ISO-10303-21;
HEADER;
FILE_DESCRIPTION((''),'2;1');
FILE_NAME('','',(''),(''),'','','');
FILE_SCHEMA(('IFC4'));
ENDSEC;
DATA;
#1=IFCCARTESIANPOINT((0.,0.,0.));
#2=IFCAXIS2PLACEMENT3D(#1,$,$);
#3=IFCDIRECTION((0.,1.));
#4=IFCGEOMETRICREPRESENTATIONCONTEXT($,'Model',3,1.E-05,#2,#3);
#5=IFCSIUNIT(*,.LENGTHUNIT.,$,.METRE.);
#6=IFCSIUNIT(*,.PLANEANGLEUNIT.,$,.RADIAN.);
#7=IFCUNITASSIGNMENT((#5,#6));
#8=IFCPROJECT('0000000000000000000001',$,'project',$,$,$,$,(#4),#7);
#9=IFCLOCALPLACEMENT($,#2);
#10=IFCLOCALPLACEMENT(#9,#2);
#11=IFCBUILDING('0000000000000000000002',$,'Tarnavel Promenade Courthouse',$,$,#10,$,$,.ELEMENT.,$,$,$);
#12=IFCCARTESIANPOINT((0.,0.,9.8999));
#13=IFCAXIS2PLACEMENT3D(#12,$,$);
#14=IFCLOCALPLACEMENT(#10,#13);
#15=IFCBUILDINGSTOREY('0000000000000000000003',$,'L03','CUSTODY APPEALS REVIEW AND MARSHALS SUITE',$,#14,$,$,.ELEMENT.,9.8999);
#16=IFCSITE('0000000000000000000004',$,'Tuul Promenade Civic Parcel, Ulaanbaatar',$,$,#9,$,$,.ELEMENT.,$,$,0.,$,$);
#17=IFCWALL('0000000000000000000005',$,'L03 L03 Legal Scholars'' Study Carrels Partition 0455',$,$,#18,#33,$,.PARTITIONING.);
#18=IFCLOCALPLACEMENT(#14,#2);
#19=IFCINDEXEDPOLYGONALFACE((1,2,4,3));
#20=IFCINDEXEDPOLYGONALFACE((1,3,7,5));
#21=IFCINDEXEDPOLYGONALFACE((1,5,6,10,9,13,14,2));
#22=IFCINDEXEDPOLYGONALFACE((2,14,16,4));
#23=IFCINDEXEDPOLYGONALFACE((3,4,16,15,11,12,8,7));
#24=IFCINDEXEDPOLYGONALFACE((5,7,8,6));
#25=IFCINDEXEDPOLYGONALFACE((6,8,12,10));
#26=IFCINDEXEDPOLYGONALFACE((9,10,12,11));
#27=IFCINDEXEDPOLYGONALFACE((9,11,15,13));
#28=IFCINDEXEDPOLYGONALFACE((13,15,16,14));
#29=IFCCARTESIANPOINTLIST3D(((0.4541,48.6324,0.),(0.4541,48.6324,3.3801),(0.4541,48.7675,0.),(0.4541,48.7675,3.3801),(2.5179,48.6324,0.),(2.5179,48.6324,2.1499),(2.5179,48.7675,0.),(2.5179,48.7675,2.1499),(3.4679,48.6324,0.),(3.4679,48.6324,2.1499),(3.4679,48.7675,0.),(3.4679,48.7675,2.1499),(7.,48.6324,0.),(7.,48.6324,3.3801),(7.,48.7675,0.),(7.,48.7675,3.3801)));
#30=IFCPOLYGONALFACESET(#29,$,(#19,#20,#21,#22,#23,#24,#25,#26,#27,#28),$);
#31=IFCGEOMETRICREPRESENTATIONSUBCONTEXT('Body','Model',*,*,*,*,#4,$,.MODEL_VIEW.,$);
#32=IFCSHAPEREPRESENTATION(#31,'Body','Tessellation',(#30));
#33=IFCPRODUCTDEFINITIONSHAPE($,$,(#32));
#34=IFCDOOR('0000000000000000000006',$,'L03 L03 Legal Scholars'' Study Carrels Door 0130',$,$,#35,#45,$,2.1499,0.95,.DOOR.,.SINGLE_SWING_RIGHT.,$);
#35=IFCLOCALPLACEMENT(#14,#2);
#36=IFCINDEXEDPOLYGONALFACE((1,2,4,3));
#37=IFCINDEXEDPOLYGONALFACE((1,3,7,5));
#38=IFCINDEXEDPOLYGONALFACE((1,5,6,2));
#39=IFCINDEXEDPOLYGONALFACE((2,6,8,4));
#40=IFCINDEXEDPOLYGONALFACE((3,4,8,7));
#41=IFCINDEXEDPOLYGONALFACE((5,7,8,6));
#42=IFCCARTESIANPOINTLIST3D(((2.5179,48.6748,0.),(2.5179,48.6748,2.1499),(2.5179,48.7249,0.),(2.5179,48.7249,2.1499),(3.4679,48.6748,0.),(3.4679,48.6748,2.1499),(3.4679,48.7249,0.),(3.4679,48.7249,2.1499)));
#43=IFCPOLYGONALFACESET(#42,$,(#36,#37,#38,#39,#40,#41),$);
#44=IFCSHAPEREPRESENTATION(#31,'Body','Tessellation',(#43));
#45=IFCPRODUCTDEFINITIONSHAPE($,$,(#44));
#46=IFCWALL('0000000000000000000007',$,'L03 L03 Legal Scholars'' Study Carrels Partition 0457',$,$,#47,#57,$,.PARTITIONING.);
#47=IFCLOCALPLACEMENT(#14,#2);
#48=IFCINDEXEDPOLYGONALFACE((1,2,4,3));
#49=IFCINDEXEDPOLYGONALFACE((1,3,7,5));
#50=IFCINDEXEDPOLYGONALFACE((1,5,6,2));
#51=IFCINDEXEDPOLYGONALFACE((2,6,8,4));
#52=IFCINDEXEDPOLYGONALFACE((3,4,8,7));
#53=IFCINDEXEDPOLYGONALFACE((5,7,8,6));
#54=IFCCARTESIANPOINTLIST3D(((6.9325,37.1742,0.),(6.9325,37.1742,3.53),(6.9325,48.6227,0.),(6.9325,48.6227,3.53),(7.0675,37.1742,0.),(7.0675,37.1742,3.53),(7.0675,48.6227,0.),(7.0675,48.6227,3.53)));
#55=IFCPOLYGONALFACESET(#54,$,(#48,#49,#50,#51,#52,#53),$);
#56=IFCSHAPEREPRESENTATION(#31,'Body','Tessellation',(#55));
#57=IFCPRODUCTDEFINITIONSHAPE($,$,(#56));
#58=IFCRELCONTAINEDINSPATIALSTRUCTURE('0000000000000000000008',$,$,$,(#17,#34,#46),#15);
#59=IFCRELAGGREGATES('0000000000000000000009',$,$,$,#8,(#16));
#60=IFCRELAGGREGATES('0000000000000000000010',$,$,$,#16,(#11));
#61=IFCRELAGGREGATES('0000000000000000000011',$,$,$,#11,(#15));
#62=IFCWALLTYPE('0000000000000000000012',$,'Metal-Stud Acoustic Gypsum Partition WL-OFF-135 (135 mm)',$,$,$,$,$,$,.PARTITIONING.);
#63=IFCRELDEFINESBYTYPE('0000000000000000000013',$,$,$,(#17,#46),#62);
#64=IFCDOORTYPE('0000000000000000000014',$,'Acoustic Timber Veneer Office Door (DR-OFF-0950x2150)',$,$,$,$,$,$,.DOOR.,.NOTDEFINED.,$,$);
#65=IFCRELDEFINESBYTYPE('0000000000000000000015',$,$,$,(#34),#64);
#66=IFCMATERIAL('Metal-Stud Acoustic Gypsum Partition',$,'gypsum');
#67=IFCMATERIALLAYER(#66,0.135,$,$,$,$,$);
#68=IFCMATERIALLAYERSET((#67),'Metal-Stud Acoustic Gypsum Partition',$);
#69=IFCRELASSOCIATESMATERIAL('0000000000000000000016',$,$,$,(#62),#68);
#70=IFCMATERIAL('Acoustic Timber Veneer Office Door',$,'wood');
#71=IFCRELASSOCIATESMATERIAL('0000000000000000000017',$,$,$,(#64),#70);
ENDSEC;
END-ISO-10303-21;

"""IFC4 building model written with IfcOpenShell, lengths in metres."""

from ifc_helpers import new_model, si_unit, direction, frame, frame_2d, origin, place, context, subcontext, project, spatial, rectangle, extrude, material, layer, layer_set, type_object, element, fill, save


model = new_model("IFC4")

# Units and contexts
model_context = context("Model", 3, precision=1e-05, world=origin(), true_north=direction((0.0, 1.0)))
body_context = subcontext(model_context, "Body", "Model", "MODEL_VIEW")
ifc_project = project(units=[si_unit("LENGTHUNIT", "METRE"), si_unit("PLANEANGLEUNIT", "RADIAN")], contexts=[model_context])

# Site, building, storey
site_placement = place(None, origin())
site = spatial("IfcSite", under=ifc_project, at=site_placement, Name="Tuul Promenade Civic Parcel, Ulaanbaatar", CompositionType="ELEMENT", RefElevation=0.0)
building_placement = place(site_placement, origin())
building = spatial("IfcBuilding", under=site, at=building_placement, Name="Tarnavel Promenade Courthouse", CompositionType="ELEMENT")
storey_placement = place(building_placement, frame((0.0, 0.0, 9.8999)))
storey = spatial("IfcBuildingStorey", under=building, at=storey_placement, Name="L03", Description="CUSTODY APPEALS REVIEW AND MARSHALS SUITE", CompositionType="ELEMENT", Elevation=9.8999)

# Wall, opening, door
ifc_material_1 = material(Name="Metal-Stud Acoustic Gypsum Partition", Category="gypsum")
ifc_layer_1 = layer(ifc_material_1, 0.135)
ifc_layer_set_1 = layer_set([ifc_layer_1], Name="Metal-Stud Acoustic Gypsum Partition")
wall_type_1 = type_object("IfcWallType", Name="Metal-Stud Acoustic Gypsum Partition WL-OFF-135 (135 mm)", PredefinedType="PARTITIONING", material=ifc_layer_set_1)
wall_1_placement = place(storey_placement, frame((0.4541, 48.7, 0.0), z_axis=(0.0, 0.0, 1.0), x_axis=(1.0, 0.0, 0.0)))
wall_1 = element("IfcWall", 1, at=wall_1_placement, inside=storey, type_object=wall_type_1, Name="L03 L03 Legal Scholars' Study Carrels Partition 0455", PredefinedType="PARTITIONING", context=body_context, shape_type="SweptSolid", body=[
    extrude(rectangle(XDim=6.5459, YDim=0.135, at=frame_2d((3.2729, 0.0))), origin(), (0.0, 0.0, 1.0), 3.3801),
])
opening_1_placement = place(wall_1_placement, frame((2.0637, 0.0, 0.0)))
opening_1 = element("IfcOpeningElement", 2, at=opening_1_placement, cuts=wall_1, PredefinedType="OPENING", context=body_context, shape_type="SweptSolid", body=[
    extrude(rectangle(XDim=0.95, YDim=2.1499, at=frame_2d((0.4751, 1.075))), frame((0.0, 0.0774, 0.0), z_axis=(0.0, -1.0, 0.0), x_axis=(1.0, 0.0, 0.0)), (0.0, 0.0, 1.0), 0.155),
])
ifc_material_2 = material(Name="Acoustic Timber Veneer Office Door", Category="wood")
door_type = type_object("IfcDoorType", Name="Acoustic Timber Veneer Office Door (DR-OFF-0950x2150)", OperationType="NOTDEFINED", PredefinedType="DOOR", material=ifc_material_2)
door_placement = place(opening_1_placement, origin())
door = element("IfcDoor", 3, at=door_placement, inside=storey, type_object=door_type, Name="L03 L03 Legal Scholars' Study Carrels Door 0130", OperationType="SINGLE_SWING_RIGHT", OverallHeight=2.1499, OverallWidth=0.95, PredefinedType="DOOR", context=body_context, shape_type="SweptSolid", body=[
    extrude(rectangle(XDim=0.95, YDim=2.1499, at=frame_2d((0.4751, 1.075))), frame((0.0, 0.0249, 0.0), z_axis=(0.0, -1.0, 0.0), x_axis=(1.0, 0.0, 0.0)), (0.0, 0.0, 1.0), 0.05),
])
fill(opening_1, door)

# Wall
wall_2_placement = place(storey_placement, frame((7.0, 48.6226, 0.0), z_axis=(0.0, 0.0, 1.0), x_axis=(0.0, -1.0, 0.0)))
element("IfcWall", 4, at=wall_2_placement, inside=storey, type_object=wall_type_1, Name="L03 L03 Legal Scholars' Study Carrels Partition 0457", PredefinedType="PARTITIONING", context=body_context, shape_type="SweptSolid", body=[
    extrude(rectangle(XDim=11.4485, YDim=0.135, at=frame_2d((5.7241, 0.0))), origin(), (0.0, 0.0, 1.0), 3.53),
])

save(model, "model.ifc")
